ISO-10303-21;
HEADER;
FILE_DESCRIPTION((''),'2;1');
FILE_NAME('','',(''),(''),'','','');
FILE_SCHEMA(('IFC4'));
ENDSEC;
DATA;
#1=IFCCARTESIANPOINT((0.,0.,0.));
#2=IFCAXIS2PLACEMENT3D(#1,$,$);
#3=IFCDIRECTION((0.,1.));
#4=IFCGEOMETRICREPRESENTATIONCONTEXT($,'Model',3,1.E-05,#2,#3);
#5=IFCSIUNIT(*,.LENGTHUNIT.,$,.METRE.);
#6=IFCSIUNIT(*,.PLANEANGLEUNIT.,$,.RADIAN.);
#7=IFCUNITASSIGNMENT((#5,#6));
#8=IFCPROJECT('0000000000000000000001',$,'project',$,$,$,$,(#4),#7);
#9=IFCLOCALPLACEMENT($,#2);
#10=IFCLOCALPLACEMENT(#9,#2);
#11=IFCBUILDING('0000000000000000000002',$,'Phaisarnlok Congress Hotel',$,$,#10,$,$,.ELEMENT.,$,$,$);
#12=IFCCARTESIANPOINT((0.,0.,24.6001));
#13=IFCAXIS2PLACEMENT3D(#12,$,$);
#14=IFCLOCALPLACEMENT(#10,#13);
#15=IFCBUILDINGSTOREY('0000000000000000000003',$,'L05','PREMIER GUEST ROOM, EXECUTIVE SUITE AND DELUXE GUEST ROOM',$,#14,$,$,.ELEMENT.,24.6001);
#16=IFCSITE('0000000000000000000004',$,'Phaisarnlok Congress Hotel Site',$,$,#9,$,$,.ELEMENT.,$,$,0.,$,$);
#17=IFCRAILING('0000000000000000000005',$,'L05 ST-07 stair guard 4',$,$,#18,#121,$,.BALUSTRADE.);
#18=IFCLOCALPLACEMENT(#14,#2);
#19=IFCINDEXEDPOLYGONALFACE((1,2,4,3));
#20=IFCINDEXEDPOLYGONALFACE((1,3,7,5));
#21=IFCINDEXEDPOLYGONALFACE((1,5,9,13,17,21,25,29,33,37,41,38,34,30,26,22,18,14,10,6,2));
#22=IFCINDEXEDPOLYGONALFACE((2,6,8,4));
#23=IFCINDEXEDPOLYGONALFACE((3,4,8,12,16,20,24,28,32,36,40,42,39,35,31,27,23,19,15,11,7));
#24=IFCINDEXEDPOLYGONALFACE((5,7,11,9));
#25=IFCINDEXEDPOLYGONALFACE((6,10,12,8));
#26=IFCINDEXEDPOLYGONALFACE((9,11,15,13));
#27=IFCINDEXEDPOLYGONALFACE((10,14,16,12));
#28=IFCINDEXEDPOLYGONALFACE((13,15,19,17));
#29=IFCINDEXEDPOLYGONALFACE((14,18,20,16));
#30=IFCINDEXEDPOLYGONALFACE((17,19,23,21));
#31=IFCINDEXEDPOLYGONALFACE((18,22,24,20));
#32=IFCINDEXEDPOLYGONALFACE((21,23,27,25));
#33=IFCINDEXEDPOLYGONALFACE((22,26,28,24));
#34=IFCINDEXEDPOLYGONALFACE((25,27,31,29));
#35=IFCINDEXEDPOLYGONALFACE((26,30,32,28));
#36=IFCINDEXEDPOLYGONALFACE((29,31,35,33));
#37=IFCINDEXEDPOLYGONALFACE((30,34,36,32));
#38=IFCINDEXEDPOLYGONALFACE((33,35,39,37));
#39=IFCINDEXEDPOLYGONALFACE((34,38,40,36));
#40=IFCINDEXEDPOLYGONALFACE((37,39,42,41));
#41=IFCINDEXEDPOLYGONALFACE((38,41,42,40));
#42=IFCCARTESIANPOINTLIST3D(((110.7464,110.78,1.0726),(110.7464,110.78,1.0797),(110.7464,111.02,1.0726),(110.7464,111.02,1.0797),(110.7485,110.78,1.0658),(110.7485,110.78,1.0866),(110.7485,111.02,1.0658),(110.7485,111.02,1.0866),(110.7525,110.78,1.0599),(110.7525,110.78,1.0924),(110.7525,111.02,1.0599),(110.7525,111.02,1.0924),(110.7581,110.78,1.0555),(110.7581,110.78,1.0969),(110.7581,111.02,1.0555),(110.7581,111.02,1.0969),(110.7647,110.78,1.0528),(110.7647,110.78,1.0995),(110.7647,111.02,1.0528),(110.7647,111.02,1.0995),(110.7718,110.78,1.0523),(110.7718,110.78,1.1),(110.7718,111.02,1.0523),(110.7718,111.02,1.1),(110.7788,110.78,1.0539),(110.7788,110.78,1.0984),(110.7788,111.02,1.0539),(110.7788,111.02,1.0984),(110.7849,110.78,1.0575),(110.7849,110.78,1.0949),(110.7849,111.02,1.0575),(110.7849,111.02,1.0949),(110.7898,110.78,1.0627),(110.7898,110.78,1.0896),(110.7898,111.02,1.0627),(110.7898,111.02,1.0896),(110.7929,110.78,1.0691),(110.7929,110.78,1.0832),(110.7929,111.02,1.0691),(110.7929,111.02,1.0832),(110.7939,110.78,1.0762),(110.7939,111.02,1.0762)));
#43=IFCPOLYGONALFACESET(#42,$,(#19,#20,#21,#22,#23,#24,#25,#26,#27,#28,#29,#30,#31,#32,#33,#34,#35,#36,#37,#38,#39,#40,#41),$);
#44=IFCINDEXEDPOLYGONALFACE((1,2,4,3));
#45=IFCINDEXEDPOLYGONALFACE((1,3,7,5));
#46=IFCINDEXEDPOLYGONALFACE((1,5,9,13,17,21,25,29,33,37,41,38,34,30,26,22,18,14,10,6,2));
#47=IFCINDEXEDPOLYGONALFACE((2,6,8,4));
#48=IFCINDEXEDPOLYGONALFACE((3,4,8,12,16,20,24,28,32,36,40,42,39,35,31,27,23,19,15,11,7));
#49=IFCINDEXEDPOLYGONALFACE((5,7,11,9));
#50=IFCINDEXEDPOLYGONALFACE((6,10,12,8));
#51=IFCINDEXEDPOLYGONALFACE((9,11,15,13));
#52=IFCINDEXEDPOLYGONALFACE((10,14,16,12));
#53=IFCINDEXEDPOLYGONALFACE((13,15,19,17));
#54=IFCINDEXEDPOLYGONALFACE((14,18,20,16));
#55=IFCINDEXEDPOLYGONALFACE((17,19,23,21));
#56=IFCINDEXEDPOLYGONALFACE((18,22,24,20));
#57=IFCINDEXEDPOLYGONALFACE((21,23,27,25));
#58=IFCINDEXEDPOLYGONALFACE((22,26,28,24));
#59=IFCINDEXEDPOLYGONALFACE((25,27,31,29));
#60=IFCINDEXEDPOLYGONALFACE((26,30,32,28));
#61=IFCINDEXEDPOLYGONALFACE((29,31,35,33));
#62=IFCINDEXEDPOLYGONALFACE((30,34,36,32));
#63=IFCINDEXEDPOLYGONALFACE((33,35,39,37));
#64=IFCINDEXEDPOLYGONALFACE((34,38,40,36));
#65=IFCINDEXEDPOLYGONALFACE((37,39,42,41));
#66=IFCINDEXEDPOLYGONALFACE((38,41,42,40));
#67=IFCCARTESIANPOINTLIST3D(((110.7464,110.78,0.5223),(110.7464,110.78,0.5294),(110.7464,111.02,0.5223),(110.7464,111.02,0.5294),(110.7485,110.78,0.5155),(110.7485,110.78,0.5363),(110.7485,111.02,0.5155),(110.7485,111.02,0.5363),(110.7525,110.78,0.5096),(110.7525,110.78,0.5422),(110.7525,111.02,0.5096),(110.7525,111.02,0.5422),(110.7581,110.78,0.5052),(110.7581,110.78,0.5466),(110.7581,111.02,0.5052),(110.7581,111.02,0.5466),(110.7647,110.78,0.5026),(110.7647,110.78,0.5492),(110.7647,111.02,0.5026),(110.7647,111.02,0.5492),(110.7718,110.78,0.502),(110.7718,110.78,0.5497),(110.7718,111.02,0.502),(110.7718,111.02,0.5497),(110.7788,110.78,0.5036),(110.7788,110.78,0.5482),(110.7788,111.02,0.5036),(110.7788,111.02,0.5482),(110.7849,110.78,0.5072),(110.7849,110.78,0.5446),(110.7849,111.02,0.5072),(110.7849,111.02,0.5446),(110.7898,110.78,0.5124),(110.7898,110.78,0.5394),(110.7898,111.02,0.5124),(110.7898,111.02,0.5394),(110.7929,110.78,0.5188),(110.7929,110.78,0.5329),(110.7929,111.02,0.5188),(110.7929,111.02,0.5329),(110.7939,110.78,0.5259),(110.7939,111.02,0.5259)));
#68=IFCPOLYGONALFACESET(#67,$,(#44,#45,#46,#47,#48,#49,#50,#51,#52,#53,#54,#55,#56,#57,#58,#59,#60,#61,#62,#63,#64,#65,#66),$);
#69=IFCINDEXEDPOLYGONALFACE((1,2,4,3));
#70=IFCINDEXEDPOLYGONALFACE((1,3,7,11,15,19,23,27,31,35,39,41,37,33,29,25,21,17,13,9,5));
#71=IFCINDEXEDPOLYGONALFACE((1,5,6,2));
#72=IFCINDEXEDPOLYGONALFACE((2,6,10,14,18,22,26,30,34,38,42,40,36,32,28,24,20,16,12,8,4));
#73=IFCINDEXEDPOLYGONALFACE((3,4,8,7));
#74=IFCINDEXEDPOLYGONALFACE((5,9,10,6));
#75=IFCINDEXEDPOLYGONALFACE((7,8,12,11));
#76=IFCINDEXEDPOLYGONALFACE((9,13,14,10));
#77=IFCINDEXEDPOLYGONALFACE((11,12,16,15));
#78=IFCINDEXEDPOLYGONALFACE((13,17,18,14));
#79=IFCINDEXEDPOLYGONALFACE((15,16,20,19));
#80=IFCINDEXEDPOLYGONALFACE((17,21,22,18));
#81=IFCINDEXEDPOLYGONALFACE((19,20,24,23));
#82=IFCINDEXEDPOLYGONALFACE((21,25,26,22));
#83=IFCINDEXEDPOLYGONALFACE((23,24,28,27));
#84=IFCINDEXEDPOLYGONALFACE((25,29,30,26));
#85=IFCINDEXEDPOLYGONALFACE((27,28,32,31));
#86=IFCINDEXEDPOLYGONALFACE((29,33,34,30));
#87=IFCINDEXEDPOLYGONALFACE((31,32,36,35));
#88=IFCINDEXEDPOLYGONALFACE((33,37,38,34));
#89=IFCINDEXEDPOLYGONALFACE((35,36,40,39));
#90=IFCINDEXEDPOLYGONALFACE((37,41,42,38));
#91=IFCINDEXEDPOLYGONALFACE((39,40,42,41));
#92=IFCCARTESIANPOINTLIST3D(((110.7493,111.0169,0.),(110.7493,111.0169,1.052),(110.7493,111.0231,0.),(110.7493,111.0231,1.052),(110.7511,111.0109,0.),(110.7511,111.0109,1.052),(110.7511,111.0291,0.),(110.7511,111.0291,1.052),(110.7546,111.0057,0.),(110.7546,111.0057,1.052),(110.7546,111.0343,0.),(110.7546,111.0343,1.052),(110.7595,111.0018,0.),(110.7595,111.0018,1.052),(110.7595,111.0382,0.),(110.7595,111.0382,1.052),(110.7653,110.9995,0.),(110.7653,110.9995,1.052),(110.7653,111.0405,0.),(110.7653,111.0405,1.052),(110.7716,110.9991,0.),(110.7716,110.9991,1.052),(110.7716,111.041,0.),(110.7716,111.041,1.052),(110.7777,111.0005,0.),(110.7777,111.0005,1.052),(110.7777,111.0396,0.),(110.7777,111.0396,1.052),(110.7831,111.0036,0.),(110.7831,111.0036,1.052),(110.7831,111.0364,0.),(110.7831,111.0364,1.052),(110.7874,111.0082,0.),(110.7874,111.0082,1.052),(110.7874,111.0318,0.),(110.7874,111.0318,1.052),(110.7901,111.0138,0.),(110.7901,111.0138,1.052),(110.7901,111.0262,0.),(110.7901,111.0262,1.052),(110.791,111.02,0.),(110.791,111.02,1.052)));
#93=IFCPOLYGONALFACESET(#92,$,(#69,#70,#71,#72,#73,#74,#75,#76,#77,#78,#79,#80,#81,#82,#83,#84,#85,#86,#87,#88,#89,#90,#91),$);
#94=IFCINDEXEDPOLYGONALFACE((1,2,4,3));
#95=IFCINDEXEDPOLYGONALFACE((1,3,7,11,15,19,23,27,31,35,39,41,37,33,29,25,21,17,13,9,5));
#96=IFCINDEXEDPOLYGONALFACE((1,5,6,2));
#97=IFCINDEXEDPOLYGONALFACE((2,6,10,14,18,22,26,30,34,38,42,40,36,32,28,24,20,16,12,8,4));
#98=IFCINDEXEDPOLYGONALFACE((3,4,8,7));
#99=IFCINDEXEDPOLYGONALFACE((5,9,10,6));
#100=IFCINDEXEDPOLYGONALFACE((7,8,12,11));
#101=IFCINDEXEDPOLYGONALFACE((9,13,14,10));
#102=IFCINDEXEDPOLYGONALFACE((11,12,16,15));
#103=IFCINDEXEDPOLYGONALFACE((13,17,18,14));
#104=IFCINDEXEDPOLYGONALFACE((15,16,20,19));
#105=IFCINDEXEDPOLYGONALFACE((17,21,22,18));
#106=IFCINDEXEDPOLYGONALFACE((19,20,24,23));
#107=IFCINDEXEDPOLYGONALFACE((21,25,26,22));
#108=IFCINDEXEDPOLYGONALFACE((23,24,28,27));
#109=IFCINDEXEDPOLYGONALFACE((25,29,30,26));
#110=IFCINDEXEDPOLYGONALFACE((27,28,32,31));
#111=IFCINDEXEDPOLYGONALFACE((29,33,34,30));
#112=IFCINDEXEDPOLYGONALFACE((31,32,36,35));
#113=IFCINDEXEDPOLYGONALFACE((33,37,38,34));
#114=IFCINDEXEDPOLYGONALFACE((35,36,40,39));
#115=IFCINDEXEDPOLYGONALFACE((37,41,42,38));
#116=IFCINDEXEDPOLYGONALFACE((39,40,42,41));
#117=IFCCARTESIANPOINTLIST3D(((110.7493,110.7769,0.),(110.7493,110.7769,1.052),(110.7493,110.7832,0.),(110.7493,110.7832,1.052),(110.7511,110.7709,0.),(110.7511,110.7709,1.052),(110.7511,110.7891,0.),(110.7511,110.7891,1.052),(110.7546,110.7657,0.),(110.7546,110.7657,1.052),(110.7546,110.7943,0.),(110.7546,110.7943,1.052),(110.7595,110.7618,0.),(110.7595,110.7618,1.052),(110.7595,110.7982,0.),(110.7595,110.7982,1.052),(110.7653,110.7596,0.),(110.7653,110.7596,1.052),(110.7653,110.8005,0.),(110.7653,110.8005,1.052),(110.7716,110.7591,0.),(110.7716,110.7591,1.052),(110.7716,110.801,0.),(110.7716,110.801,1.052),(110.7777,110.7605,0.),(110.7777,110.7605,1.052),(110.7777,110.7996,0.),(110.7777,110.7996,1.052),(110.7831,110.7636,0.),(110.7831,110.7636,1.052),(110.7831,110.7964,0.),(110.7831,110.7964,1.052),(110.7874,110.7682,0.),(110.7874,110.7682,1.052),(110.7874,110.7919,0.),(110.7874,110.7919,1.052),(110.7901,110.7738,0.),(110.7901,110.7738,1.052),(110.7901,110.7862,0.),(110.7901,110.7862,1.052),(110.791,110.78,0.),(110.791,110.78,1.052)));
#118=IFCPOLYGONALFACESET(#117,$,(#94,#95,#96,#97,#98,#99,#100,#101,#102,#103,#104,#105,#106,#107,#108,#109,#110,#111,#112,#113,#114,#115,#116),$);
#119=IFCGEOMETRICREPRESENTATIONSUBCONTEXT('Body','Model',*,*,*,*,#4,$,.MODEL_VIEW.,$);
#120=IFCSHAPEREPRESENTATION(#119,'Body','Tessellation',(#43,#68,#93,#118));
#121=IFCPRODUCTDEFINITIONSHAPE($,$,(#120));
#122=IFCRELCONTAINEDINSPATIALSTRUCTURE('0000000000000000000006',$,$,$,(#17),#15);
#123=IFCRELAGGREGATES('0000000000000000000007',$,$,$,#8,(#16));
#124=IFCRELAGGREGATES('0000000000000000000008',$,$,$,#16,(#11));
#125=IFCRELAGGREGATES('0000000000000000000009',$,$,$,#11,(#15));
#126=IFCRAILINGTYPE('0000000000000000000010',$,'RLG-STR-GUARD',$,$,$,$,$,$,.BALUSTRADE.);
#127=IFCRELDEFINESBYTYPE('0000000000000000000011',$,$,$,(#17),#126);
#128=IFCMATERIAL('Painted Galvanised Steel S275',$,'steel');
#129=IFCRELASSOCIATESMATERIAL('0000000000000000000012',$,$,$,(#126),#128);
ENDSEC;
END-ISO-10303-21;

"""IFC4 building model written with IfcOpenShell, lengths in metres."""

from ifc_helpers import new_model, si_unit, direction, frame, origin, origin_2d, place, context, subcontext, project, spatial, circle, extrude, material, type_object, element, save


model = new_model("IFC4")

# Units and contexts
model_context = context("Model", 3, precision=1e-05, world=origin(), true_north=direction((0.0, 1.0)))
body_context = subcontext(model_context, "Body", "Model", "MODEL_VIEW")
ifc_project = project(units=[si_unit("LENGTHUNIT", "METRE"), si_unit("PLANEANGLEUNIT", "RADIAN")], contexts=[model_context])

# Site, building, storey
site_placement = place(None, origin())
site = spatial("IfcSite", under=ifc_project, at=site_placement, Name="Phaisarnlok Congress Hotel Site", CompositionType="ELEMENT", RefElevation=0.0)
building_placement = place(site_placement, origin())
building = spatial("IfcBuilding", under=site, at=building_placement, Name="Phaisarnlok Congress Hotel", CompositionType="ELEMENT")
storey_placement = place(building_placement, frame((0.0, 0.0, 24.6001)))
storey = spatial("IfcBuildingStorey", under=building, at=storey_placement, Name="L05", Description="PREMIER GUEST ROOM, EXECUTIVE SUITE AND DELUXE GUEST ROOM", CompositionType="ELEMENT", Elevation=24.6001)

# Railing
ifc_material_1 = material(Name="Painted Galvanised Steel S275", Category="steel")
railing_type_1 = type_object("IfcRailingType", Name="RLG-STR-GUARD", PredefinedType="BALUSTRADE", material=ifc_material_1)
railing_1_placement = place(storey_placement, frame((110.77, 111.02, 0.0)))
element("IfcRailing", 1, at=railing_1_placement, inside=storey, type_object=railing_type_1, Name="L05 ST-07 stair guard 4", PredefinedType="BALUSTRADE", context=body_context, shape_type="SweptSolid", body=[
    extrude(circle(Radius=0.0239, at=origin_2d()), frame((0.0, 0.0, 1.0762), z_axis=(0.0, -1.0, 0.0), x_axis=(1.0, 0.0, 0.0)), (0.0, 0.0, 1.0), 0.24),
    extrude(circle(Radius=0.0239, at=origin_2d()), frame((0.0, 0.0, 0.5259), z_axis=(0.0, -1.0, 0.0), x_axis=(1.0, 0.0, 0.0)), (0.0, 0.0, 1.0), 0.24),
    extrude(circle(Radius=0.021, at=origin_2d()), origin(), (0.0, 0.0, 1.0), 1.052),
    extrude(circle(Radius=0.021, at=origin_2d()), frame((0.0, -0.24, 0.0)), (0.0, 0.0, 1.0), 1.052),
])

save(model, "model.ifc")
